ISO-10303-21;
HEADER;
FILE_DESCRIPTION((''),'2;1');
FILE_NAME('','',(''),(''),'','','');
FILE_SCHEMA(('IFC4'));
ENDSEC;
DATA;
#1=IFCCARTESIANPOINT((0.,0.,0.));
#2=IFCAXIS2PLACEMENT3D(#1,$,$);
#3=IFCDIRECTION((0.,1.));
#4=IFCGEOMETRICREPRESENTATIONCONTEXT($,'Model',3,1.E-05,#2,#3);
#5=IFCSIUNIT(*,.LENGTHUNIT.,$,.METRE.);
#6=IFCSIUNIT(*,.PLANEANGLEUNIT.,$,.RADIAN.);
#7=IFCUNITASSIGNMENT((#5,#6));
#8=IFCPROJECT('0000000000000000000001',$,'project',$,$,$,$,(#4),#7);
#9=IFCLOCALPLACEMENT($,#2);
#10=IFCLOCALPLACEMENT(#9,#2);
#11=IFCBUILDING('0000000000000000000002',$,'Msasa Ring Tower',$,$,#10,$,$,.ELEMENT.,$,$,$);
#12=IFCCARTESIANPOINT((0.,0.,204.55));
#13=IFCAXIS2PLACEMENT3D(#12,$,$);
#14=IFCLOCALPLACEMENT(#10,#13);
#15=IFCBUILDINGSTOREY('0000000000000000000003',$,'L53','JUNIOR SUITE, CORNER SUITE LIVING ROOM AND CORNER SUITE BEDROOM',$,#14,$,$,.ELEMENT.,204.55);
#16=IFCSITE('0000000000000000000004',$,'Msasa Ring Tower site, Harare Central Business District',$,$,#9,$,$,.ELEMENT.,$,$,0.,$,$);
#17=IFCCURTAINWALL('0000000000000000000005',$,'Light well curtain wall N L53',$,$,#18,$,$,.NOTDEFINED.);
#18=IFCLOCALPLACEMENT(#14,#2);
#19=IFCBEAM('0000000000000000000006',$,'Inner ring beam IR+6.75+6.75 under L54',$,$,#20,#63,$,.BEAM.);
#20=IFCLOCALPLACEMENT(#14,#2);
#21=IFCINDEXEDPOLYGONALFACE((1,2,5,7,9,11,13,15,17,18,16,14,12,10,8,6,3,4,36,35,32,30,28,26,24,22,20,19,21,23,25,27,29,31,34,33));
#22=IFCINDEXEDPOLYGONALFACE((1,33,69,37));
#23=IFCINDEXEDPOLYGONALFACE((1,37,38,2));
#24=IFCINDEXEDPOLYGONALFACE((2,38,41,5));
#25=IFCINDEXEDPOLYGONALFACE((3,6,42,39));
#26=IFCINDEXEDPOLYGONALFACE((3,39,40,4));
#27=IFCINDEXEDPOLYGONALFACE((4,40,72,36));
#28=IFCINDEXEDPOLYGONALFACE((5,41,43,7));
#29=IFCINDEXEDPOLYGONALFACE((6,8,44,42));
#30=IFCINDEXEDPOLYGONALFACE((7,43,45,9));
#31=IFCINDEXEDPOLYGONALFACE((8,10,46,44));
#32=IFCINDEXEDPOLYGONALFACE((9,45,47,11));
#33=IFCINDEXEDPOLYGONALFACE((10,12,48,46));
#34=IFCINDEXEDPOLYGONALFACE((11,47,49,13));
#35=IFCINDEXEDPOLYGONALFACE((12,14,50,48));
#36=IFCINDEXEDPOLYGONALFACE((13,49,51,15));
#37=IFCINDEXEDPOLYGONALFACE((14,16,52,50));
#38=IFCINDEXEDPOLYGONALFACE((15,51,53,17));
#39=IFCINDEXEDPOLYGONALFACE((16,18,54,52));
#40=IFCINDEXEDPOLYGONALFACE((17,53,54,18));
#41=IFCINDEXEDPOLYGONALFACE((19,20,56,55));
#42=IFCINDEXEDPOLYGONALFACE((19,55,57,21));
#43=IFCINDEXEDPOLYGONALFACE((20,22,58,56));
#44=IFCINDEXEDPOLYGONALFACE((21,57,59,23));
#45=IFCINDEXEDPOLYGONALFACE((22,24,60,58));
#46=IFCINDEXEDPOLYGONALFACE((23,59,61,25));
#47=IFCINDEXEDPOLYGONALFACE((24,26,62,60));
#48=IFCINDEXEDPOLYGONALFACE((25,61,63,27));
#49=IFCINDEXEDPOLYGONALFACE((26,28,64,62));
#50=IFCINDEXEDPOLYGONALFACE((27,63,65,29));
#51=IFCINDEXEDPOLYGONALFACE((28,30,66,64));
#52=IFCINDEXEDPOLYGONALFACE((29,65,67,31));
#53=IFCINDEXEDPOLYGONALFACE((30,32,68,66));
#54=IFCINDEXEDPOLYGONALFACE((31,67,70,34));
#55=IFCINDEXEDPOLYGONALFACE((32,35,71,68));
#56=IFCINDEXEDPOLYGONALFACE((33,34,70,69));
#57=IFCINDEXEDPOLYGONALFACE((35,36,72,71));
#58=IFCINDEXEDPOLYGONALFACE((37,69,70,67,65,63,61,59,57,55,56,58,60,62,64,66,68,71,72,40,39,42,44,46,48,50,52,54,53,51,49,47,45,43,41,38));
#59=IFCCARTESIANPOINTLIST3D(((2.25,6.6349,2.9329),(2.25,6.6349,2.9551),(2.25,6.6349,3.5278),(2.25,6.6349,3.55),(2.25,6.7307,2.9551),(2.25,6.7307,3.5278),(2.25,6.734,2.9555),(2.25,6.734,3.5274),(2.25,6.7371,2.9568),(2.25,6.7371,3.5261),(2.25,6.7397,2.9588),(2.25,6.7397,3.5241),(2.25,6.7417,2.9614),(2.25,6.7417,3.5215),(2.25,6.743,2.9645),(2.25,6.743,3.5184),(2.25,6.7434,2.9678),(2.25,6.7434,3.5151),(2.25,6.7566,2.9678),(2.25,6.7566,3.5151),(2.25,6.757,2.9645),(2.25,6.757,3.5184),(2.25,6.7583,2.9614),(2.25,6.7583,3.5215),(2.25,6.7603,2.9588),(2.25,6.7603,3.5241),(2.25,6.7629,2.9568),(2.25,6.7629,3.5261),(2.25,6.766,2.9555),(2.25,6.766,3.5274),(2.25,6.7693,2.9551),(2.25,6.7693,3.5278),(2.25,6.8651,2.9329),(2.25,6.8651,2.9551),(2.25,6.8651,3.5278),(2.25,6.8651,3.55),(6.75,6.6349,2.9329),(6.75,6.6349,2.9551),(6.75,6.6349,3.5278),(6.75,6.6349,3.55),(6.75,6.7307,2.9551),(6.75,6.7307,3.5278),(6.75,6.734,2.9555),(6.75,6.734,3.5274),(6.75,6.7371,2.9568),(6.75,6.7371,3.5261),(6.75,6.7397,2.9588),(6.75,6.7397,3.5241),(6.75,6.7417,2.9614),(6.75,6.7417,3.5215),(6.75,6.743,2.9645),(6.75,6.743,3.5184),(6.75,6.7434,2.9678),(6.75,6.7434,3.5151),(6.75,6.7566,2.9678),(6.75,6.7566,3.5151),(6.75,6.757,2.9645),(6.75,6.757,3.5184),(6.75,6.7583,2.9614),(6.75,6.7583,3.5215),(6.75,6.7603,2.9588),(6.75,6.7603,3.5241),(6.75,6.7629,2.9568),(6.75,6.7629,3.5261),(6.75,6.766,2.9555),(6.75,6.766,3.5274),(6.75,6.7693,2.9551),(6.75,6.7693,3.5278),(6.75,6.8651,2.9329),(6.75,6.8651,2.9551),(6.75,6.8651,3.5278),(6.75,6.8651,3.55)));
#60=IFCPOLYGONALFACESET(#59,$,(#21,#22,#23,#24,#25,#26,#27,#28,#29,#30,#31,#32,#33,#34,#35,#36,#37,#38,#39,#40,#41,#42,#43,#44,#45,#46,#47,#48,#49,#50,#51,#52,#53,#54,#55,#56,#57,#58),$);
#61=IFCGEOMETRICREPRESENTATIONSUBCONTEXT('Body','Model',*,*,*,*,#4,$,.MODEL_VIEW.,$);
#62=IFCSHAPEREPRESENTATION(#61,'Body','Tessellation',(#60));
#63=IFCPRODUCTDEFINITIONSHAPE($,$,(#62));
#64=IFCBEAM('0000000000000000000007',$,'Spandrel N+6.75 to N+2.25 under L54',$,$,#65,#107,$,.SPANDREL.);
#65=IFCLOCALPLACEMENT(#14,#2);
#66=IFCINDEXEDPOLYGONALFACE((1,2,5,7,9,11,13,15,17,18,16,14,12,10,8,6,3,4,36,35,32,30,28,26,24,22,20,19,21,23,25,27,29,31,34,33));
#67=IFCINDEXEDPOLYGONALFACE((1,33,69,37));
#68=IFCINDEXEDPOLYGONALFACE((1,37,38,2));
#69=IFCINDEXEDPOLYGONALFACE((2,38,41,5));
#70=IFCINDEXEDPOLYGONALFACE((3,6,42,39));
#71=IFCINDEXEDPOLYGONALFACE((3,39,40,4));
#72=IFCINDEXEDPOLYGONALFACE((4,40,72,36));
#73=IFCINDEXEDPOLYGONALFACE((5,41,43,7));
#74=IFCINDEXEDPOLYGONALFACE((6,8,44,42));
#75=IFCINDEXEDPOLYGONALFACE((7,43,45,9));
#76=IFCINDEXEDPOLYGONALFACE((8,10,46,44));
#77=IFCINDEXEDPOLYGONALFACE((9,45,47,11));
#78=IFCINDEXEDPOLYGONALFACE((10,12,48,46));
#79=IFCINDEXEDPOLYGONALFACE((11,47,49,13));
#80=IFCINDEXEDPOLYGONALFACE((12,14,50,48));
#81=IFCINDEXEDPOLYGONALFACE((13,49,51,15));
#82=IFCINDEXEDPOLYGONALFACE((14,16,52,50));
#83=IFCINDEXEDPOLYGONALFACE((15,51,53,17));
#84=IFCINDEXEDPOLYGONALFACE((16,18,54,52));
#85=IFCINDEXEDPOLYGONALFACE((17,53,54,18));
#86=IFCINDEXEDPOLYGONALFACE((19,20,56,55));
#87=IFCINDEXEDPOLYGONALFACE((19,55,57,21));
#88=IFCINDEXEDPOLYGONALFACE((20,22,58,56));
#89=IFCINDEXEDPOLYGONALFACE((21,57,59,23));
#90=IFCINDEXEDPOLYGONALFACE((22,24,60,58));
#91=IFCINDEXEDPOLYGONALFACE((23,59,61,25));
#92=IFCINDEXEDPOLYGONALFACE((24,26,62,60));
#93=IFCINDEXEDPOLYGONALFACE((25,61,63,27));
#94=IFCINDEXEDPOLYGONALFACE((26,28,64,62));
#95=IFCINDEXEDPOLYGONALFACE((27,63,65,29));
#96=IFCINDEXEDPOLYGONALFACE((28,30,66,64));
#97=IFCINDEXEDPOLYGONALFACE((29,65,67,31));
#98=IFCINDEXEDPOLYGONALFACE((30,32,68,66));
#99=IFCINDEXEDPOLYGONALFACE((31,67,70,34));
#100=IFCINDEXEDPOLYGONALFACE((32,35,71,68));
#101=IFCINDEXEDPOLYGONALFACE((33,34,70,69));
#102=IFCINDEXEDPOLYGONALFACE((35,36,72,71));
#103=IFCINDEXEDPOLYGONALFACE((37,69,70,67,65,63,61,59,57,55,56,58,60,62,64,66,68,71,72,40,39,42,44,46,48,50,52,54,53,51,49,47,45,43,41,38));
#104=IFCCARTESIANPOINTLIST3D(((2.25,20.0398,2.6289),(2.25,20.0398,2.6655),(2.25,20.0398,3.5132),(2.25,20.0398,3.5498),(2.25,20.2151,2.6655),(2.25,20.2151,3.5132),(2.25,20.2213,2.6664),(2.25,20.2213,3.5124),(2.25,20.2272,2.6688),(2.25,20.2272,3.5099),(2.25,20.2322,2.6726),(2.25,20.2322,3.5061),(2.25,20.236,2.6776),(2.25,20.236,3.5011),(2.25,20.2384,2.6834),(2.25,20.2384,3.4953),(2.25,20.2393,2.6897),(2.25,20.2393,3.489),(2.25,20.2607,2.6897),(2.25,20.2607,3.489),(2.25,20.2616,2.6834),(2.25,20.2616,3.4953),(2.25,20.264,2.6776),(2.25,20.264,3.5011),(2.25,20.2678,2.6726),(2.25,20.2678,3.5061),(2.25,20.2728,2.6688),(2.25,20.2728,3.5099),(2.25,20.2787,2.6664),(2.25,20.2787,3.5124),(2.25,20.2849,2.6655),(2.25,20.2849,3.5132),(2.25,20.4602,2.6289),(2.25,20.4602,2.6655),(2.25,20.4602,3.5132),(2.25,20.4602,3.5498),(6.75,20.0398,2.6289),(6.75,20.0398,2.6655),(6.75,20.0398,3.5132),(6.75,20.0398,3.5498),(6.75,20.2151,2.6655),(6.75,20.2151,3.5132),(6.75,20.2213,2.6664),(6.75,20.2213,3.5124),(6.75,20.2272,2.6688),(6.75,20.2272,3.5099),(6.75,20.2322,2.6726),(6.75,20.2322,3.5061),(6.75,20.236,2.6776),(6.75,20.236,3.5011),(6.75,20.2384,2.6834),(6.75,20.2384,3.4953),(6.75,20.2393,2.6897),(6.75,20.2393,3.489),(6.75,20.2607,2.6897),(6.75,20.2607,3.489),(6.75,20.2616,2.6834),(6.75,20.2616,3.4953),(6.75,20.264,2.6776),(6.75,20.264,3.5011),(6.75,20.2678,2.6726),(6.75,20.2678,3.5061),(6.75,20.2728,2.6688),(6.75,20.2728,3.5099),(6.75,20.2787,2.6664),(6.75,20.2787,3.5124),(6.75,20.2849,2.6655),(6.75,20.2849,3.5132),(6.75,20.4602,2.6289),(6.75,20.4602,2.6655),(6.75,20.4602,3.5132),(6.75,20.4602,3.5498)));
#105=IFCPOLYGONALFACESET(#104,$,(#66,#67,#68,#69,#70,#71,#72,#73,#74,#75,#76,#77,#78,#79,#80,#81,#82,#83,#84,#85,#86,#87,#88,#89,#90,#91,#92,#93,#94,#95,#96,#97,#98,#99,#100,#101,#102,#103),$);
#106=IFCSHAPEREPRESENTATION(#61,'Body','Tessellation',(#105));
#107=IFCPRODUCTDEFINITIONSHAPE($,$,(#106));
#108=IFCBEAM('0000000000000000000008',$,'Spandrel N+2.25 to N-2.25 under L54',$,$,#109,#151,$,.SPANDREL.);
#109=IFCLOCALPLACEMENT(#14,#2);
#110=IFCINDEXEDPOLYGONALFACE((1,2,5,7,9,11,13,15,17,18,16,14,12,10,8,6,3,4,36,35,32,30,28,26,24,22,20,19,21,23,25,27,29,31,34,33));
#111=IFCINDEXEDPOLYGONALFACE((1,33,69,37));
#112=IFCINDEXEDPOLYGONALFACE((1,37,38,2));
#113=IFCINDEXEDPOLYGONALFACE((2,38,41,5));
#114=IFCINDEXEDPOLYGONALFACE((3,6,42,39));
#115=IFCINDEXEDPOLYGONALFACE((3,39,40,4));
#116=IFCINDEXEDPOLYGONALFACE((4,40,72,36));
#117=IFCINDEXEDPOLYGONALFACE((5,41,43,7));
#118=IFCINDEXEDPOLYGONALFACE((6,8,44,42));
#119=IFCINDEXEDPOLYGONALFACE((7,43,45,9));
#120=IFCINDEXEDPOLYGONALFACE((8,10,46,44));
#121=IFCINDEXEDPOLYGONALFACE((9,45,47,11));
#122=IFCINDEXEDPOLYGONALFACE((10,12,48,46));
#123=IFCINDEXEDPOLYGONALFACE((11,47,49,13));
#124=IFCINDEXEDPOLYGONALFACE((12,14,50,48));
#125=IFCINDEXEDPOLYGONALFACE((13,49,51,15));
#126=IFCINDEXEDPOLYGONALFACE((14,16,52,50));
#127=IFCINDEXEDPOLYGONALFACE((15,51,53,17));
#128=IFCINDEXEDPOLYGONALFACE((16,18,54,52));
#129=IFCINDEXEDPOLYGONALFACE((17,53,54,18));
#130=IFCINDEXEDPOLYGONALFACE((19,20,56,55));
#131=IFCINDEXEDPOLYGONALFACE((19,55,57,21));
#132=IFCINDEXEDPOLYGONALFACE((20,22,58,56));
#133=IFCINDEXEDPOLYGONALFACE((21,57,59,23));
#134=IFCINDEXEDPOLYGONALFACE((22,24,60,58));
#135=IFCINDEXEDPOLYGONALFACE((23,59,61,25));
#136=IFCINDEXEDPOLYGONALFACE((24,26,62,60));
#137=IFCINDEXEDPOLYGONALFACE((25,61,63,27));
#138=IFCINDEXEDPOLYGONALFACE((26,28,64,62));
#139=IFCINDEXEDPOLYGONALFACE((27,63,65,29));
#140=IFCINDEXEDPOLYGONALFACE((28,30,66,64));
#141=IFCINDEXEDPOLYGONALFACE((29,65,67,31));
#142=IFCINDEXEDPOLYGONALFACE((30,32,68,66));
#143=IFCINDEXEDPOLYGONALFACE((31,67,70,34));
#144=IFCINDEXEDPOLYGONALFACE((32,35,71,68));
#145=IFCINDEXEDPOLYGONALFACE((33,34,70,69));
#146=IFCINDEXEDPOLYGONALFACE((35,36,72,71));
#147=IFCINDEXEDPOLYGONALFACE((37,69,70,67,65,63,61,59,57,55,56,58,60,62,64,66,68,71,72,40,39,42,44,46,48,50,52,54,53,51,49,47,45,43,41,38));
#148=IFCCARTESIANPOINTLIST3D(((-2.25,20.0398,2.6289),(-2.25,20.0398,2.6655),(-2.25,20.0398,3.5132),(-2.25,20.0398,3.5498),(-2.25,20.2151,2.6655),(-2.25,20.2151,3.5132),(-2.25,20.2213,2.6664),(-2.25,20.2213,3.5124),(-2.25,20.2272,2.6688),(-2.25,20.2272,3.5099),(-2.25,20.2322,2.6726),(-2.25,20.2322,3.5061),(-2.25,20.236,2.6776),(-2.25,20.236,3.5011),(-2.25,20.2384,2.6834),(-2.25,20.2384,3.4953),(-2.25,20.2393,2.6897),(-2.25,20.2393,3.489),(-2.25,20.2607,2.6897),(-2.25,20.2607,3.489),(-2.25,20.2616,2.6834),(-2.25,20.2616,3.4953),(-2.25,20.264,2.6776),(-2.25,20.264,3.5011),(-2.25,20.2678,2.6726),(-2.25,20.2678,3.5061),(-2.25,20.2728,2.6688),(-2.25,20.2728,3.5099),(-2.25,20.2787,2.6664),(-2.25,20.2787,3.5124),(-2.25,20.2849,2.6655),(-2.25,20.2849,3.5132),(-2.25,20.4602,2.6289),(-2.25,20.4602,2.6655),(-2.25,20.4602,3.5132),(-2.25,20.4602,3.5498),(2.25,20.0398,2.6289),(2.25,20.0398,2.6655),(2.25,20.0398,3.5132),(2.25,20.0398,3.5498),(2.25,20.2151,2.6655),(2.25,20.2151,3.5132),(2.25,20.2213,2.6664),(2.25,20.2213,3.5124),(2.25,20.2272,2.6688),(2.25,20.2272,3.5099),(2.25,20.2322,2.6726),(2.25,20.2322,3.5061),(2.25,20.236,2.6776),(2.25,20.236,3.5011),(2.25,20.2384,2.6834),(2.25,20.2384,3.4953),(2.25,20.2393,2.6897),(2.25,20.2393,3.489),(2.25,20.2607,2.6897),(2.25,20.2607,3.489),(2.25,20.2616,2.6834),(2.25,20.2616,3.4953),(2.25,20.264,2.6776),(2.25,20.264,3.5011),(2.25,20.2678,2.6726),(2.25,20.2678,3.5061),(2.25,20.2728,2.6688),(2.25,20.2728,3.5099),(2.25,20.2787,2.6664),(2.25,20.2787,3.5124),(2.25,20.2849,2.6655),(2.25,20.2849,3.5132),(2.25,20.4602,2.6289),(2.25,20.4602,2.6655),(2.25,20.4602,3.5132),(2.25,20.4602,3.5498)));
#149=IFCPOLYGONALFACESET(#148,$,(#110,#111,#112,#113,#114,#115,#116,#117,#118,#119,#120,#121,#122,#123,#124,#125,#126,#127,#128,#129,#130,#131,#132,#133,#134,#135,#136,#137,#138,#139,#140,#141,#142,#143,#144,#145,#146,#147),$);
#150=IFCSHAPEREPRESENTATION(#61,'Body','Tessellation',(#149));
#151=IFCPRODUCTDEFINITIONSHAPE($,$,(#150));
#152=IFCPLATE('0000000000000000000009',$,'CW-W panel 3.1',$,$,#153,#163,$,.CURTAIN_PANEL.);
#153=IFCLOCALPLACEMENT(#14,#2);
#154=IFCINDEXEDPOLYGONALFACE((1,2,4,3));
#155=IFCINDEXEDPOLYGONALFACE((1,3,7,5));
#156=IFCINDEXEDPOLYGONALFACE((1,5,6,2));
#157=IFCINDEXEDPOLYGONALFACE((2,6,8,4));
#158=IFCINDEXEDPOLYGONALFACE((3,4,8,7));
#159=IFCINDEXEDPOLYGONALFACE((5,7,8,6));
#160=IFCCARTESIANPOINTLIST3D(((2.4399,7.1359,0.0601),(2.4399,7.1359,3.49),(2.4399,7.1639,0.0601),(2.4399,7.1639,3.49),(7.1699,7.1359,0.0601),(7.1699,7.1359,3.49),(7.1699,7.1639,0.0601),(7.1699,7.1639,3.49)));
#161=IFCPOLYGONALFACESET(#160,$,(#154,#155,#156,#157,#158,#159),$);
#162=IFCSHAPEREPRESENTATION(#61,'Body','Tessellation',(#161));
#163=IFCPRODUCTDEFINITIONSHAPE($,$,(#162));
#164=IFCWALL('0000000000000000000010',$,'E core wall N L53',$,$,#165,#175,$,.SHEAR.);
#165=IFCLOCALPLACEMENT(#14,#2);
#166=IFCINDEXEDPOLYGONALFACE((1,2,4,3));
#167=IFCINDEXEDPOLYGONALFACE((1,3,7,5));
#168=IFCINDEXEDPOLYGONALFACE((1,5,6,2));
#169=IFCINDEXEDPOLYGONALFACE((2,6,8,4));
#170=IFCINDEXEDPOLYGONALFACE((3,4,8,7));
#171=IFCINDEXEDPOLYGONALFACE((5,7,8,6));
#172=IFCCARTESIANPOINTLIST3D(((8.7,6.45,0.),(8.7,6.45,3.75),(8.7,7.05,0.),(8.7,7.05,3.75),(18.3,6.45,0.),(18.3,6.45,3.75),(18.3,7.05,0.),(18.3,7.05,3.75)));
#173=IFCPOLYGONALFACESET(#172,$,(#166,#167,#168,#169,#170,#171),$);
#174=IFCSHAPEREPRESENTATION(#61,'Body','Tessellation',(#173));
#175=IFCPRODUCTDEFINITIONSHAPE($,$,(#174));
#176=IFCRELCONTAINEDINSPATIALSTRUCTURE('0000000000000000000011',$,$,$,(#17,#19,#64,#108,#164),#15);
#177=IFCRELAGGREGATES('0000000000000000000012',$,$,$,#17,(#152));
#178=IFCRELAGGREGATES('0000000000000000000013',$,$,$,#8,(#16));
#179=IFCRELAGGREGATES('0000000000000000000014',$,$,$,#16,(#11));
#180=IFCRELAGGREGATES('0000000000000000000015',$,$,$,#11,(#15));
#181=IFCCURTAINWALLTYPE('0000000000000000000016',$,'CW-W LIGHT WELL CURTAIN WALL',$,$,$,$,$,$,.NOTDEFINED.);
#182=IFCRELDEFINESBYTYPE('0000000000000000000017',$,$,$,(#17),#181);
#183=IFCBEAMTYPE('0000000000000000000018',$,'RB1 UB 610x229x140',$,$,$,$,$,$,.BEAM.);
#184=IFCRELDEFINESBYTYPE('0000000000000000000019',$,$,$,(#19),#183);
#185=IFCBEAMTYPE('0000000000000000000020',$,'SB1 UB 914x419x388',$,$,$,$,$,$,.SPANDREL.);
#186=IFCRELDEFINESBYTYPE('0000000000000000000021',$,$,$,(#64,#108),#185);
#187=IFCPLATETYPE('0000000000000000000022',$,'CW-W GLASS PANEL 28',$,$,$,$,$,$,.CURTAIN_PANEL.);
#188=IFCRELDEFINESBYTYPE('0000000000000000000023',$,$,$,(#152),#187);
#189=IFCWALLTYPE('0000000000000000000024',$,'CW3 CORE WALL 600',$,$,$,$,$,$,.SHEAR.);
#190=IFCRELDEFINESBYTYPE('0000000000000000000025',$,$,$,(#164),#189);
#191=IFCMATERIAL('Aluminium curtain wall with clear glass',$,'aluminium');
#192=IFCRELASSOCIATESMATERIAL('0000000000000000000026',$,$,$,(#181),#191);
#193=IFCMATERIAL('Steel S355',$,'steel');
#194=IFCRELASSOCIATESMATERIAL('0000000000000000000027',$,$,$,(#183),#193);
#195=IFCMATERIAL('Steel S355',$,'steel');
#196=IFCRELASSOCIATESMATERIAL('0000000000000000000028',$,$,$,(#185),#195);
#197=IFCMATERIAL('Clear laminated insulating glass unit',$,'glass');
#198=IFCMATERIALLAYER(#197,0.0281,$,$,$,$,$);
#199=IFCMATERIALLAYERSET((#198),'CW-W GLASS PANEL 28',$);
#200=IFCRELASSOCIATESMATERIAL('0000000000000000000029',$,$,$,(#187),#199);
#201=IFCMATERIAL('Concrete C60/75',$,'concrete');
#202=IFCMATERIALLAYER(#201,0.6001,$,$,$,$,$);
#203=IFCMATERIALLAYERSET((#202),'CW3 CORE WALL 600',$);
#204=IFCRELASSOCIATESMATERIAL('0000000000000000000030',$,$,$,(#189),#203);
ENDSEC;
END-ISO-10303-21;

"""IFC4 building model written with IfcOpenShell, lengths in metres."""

from ifc_helpers import new_model, si_unit, direction, frame, frame_2d, origin, origin_2d, place, context, subcontext, project, spatial, rectangle, i_section, extrude, material, layer, layer_set, material_profile, profile_set, type_object, element, aggregate, save


model = new_model("IFC4")

# Units and contexts
model_context = context("Model", 3, precision=1e-05, world=origin(), true_north=direction((0.0, 1.0)))
body_context = subcontext(model_context, "Body", "Model", "MODEL_VIEW")
ifc_project = project(units=[si_unit("LENGTHUNIT", "METRE"), si_unit("PLANEANGLEUNIT", "RADIAN")], contexts=[model_context])

# Site, building, storey
site_placement = place(None, origin())
site = spatial("IfcSite", under=ifc_project, at=site_placement, Name="Msasa Ring Tower site, Harare Central Business District", CompositionType="ELEMENT", RefElevation=0.0)
building_placement = place(site_placement, origin())
building = spatial("IfcBuilding", under=site, at=building_placement, Name="Msasa Ring Tower", CompositionType="ELEMENT")
storey_placement = place(building_placement, frame((0.0, 0.0, 204.55)))
storey = spatial("IfcBuildingStorey", under=building, at=storey_placement, Name="L53", Description="JUNIOR SUITE, CORNER SUITE LIVING ROOM AND CORNER SUITE BEDROOM", CompositionType="ELEMENT", Elevation=204.55)

# Curtain wall
ifc_material_1 = material(Name="Aluminium curtain wall with clear glass", Category="aluminium")
curtain_wall_type = type_object("IfcCurtainWallType", Name="CW-W LIGHT WELL CURTAIN WALL", PredefinedType="NOTDEFINED", material=ifc_material_1)
curtain_wall_1_placement = place(storey_placement, origin())
curtain_wall_1 = element("IfcCurtainWall", 1, at=curtain_wall_1_placement, inside=storey, type_object=curtain_wall_type, Name="Light well curtain wall N L53", PredefinedType="NOTDEFINED")

# Beams
ifc_material_2 = material(Name="Steel S355", Category="steel")
ifc_material_profile_1 = material_profile(ifc_material_2, i_section(OverallWidth=0.2302, OverallDepth=0.6172, WebThickness=0.0132, FlangeThickness=0.0222, FilletRadius=0.0127, at=origin_2d()), Name="UB 610x229x140")
ifc_profile_set_1 = profile_set([ifc_material_profile_1], Name="Steel S355")
beam_type_1 = type_object("IfcBeamType", Name="RB1 UB 610x229x140", PredefinedType="BEAM", material=ifc_profile_set_1)
beam_placement = place(storey_placement, frame((6.75, 6.75, 3.2415), z_axis=(-1.0, 0.0, 0.0), x_axis=(0.0, -1.0, 0.0)))
element("IfcBeam", 2, at=beam_placement, inside=storey, type_object=beam_type_1, Name="Inner ring beam IR+6.75+6.75 under L54", PredefinedType="BEAM", context=body_context, shape_type="SweptSolid", body=[
    extrude(i_section(OverallWidth=0.2302, OverallDepth=0.6172, WebThickness=0.0132, FlangeThickness=0.0222, FilletRadius=0.0127, at=origin_2d()), origin(), (0.0, 0.0, 1.0), 4.5),
])
ifc_material_3 = material(Name="Steel S355", Category="steel")
ifc_material_profile_2 = material_profile(ifc_material_3, i_section(OverallWidth=0.4204, OverallDepth=0.9209, WebThickness=0.0215, FlangeThickness=0.0366, FilletRadius=0.0242, at=origin_2d()), Name="UB 914x419x388")
ifc_profile_set_2 = profile_set([ifc_material_profile_2], Name="Steel S355")
beam_type_2 = type_object("IfcBeamType", Name="SB1 UB 914x419x388", PredefinedType="SPANDREL", material=ifc_profile_set_2)
for number, where, z_axis, x_axis, name in (
    (3, (6.75, 20.25, 3.0894), (-1.0, 0.0, 0.0), (0.0, -1.0, 0.0), "Spandrel N+6.75 to N+2.25 under L54"),
    (4, (2.25, 20.25, 3.0894), (-1.0, 0.0, 0.0), (0.0, -1.0, 0.0), "Spandrel N+2.25 to N-2.25 under L54"),
):
    element("IfcBeam", number, at=place(storey_placement, frame(where, z_axis=z_axis, x_axis=x_axis)), inside=storey, type_object=beam_type_2, Name=name, PredefinedType="SPANDREL", context=body_context, shape_type="SweptSolid", body=[
        extrude(i_section(OverallWidth=0.4204, OverallDepth=0.9209, WebThickness=0.0215, FlangeThickness=0.0366, FilletRadius=0.0242, at=origin_2d()), origin(), (0.0, 0.0, 1.0), 4.5),
    ])

# Plate
ifc_material_4 = material(Name="Clear laminated insulating glass unit", Category="glass")
ifc_layer_1 = layer(ifc_material_4, 0.0281)
ifc_layer_set_1 = layer_set([ifc_layer_1], Name="CW-W GLASS PANEL 28")
plate_type = type_object("IfcPlateType", Name="CW-W GLASS PANEL 28", PredefinedType="CURTAIN_PANEL", material=ifc_layer_set_1)
plate_placement = place(storey_placement, frame((4.8049, 7.1499, 0.0601), z_axis=(0.0, 0.0, 1.0), x_axis=(1.0, 0.0, 0.0)))
plate = element("IfcPlate", 5, at=plate_placement, type_object=plate_type, Name="CW-W panel 3.1", PredefinedType="CURTAIN_PANEL", context=body_context, shape_type="SweptSolid", body=[
    extrude(rectangle(XDim=4.73, YDim=0.0281, at=origin_2d()), origin(), (0.0, 0.0, 1.0), 3.4299),
])
aggregate(curtain_wall_1, [plate])

# Wall
ifc_material_5 = material(Name="Concrete C60/75", Category="concrete")
ifc_layer_2 = layer(ifc_material_5, 0.6001)
ifc_layer_set_2 = layer_set([ifc_layer_2], Name="CW3 CORE WALL 600")
wall_type_1 = type_object("IfcWallType", Name="CW3 CORE WALL 600", PredefinedType="SHEAR", material=ifc_layer_set_2)
wall_1_placement = place(storey_placement, frame((8.7, 6.75, 0.0), z_axis=(0.0, 0.0, 1.0), x_axis=(1.0, 0.0, 0.0)))
element("IfcWall", 6, at=wall_1_placement, inside=storey, type_object=wall_type_1, Name="E core wall N L53", PredefinedType="SHEAR", context=body_context, shape_type="SweptSolid", body=[
    extrude(rectangle(XDim=9.6001, YDim=0.6001, at=frame_2d((4.8, 0.0))), origin(), (0.0, 0.0, 1.0), 3.75),
])

save(model, "model.ifc")
